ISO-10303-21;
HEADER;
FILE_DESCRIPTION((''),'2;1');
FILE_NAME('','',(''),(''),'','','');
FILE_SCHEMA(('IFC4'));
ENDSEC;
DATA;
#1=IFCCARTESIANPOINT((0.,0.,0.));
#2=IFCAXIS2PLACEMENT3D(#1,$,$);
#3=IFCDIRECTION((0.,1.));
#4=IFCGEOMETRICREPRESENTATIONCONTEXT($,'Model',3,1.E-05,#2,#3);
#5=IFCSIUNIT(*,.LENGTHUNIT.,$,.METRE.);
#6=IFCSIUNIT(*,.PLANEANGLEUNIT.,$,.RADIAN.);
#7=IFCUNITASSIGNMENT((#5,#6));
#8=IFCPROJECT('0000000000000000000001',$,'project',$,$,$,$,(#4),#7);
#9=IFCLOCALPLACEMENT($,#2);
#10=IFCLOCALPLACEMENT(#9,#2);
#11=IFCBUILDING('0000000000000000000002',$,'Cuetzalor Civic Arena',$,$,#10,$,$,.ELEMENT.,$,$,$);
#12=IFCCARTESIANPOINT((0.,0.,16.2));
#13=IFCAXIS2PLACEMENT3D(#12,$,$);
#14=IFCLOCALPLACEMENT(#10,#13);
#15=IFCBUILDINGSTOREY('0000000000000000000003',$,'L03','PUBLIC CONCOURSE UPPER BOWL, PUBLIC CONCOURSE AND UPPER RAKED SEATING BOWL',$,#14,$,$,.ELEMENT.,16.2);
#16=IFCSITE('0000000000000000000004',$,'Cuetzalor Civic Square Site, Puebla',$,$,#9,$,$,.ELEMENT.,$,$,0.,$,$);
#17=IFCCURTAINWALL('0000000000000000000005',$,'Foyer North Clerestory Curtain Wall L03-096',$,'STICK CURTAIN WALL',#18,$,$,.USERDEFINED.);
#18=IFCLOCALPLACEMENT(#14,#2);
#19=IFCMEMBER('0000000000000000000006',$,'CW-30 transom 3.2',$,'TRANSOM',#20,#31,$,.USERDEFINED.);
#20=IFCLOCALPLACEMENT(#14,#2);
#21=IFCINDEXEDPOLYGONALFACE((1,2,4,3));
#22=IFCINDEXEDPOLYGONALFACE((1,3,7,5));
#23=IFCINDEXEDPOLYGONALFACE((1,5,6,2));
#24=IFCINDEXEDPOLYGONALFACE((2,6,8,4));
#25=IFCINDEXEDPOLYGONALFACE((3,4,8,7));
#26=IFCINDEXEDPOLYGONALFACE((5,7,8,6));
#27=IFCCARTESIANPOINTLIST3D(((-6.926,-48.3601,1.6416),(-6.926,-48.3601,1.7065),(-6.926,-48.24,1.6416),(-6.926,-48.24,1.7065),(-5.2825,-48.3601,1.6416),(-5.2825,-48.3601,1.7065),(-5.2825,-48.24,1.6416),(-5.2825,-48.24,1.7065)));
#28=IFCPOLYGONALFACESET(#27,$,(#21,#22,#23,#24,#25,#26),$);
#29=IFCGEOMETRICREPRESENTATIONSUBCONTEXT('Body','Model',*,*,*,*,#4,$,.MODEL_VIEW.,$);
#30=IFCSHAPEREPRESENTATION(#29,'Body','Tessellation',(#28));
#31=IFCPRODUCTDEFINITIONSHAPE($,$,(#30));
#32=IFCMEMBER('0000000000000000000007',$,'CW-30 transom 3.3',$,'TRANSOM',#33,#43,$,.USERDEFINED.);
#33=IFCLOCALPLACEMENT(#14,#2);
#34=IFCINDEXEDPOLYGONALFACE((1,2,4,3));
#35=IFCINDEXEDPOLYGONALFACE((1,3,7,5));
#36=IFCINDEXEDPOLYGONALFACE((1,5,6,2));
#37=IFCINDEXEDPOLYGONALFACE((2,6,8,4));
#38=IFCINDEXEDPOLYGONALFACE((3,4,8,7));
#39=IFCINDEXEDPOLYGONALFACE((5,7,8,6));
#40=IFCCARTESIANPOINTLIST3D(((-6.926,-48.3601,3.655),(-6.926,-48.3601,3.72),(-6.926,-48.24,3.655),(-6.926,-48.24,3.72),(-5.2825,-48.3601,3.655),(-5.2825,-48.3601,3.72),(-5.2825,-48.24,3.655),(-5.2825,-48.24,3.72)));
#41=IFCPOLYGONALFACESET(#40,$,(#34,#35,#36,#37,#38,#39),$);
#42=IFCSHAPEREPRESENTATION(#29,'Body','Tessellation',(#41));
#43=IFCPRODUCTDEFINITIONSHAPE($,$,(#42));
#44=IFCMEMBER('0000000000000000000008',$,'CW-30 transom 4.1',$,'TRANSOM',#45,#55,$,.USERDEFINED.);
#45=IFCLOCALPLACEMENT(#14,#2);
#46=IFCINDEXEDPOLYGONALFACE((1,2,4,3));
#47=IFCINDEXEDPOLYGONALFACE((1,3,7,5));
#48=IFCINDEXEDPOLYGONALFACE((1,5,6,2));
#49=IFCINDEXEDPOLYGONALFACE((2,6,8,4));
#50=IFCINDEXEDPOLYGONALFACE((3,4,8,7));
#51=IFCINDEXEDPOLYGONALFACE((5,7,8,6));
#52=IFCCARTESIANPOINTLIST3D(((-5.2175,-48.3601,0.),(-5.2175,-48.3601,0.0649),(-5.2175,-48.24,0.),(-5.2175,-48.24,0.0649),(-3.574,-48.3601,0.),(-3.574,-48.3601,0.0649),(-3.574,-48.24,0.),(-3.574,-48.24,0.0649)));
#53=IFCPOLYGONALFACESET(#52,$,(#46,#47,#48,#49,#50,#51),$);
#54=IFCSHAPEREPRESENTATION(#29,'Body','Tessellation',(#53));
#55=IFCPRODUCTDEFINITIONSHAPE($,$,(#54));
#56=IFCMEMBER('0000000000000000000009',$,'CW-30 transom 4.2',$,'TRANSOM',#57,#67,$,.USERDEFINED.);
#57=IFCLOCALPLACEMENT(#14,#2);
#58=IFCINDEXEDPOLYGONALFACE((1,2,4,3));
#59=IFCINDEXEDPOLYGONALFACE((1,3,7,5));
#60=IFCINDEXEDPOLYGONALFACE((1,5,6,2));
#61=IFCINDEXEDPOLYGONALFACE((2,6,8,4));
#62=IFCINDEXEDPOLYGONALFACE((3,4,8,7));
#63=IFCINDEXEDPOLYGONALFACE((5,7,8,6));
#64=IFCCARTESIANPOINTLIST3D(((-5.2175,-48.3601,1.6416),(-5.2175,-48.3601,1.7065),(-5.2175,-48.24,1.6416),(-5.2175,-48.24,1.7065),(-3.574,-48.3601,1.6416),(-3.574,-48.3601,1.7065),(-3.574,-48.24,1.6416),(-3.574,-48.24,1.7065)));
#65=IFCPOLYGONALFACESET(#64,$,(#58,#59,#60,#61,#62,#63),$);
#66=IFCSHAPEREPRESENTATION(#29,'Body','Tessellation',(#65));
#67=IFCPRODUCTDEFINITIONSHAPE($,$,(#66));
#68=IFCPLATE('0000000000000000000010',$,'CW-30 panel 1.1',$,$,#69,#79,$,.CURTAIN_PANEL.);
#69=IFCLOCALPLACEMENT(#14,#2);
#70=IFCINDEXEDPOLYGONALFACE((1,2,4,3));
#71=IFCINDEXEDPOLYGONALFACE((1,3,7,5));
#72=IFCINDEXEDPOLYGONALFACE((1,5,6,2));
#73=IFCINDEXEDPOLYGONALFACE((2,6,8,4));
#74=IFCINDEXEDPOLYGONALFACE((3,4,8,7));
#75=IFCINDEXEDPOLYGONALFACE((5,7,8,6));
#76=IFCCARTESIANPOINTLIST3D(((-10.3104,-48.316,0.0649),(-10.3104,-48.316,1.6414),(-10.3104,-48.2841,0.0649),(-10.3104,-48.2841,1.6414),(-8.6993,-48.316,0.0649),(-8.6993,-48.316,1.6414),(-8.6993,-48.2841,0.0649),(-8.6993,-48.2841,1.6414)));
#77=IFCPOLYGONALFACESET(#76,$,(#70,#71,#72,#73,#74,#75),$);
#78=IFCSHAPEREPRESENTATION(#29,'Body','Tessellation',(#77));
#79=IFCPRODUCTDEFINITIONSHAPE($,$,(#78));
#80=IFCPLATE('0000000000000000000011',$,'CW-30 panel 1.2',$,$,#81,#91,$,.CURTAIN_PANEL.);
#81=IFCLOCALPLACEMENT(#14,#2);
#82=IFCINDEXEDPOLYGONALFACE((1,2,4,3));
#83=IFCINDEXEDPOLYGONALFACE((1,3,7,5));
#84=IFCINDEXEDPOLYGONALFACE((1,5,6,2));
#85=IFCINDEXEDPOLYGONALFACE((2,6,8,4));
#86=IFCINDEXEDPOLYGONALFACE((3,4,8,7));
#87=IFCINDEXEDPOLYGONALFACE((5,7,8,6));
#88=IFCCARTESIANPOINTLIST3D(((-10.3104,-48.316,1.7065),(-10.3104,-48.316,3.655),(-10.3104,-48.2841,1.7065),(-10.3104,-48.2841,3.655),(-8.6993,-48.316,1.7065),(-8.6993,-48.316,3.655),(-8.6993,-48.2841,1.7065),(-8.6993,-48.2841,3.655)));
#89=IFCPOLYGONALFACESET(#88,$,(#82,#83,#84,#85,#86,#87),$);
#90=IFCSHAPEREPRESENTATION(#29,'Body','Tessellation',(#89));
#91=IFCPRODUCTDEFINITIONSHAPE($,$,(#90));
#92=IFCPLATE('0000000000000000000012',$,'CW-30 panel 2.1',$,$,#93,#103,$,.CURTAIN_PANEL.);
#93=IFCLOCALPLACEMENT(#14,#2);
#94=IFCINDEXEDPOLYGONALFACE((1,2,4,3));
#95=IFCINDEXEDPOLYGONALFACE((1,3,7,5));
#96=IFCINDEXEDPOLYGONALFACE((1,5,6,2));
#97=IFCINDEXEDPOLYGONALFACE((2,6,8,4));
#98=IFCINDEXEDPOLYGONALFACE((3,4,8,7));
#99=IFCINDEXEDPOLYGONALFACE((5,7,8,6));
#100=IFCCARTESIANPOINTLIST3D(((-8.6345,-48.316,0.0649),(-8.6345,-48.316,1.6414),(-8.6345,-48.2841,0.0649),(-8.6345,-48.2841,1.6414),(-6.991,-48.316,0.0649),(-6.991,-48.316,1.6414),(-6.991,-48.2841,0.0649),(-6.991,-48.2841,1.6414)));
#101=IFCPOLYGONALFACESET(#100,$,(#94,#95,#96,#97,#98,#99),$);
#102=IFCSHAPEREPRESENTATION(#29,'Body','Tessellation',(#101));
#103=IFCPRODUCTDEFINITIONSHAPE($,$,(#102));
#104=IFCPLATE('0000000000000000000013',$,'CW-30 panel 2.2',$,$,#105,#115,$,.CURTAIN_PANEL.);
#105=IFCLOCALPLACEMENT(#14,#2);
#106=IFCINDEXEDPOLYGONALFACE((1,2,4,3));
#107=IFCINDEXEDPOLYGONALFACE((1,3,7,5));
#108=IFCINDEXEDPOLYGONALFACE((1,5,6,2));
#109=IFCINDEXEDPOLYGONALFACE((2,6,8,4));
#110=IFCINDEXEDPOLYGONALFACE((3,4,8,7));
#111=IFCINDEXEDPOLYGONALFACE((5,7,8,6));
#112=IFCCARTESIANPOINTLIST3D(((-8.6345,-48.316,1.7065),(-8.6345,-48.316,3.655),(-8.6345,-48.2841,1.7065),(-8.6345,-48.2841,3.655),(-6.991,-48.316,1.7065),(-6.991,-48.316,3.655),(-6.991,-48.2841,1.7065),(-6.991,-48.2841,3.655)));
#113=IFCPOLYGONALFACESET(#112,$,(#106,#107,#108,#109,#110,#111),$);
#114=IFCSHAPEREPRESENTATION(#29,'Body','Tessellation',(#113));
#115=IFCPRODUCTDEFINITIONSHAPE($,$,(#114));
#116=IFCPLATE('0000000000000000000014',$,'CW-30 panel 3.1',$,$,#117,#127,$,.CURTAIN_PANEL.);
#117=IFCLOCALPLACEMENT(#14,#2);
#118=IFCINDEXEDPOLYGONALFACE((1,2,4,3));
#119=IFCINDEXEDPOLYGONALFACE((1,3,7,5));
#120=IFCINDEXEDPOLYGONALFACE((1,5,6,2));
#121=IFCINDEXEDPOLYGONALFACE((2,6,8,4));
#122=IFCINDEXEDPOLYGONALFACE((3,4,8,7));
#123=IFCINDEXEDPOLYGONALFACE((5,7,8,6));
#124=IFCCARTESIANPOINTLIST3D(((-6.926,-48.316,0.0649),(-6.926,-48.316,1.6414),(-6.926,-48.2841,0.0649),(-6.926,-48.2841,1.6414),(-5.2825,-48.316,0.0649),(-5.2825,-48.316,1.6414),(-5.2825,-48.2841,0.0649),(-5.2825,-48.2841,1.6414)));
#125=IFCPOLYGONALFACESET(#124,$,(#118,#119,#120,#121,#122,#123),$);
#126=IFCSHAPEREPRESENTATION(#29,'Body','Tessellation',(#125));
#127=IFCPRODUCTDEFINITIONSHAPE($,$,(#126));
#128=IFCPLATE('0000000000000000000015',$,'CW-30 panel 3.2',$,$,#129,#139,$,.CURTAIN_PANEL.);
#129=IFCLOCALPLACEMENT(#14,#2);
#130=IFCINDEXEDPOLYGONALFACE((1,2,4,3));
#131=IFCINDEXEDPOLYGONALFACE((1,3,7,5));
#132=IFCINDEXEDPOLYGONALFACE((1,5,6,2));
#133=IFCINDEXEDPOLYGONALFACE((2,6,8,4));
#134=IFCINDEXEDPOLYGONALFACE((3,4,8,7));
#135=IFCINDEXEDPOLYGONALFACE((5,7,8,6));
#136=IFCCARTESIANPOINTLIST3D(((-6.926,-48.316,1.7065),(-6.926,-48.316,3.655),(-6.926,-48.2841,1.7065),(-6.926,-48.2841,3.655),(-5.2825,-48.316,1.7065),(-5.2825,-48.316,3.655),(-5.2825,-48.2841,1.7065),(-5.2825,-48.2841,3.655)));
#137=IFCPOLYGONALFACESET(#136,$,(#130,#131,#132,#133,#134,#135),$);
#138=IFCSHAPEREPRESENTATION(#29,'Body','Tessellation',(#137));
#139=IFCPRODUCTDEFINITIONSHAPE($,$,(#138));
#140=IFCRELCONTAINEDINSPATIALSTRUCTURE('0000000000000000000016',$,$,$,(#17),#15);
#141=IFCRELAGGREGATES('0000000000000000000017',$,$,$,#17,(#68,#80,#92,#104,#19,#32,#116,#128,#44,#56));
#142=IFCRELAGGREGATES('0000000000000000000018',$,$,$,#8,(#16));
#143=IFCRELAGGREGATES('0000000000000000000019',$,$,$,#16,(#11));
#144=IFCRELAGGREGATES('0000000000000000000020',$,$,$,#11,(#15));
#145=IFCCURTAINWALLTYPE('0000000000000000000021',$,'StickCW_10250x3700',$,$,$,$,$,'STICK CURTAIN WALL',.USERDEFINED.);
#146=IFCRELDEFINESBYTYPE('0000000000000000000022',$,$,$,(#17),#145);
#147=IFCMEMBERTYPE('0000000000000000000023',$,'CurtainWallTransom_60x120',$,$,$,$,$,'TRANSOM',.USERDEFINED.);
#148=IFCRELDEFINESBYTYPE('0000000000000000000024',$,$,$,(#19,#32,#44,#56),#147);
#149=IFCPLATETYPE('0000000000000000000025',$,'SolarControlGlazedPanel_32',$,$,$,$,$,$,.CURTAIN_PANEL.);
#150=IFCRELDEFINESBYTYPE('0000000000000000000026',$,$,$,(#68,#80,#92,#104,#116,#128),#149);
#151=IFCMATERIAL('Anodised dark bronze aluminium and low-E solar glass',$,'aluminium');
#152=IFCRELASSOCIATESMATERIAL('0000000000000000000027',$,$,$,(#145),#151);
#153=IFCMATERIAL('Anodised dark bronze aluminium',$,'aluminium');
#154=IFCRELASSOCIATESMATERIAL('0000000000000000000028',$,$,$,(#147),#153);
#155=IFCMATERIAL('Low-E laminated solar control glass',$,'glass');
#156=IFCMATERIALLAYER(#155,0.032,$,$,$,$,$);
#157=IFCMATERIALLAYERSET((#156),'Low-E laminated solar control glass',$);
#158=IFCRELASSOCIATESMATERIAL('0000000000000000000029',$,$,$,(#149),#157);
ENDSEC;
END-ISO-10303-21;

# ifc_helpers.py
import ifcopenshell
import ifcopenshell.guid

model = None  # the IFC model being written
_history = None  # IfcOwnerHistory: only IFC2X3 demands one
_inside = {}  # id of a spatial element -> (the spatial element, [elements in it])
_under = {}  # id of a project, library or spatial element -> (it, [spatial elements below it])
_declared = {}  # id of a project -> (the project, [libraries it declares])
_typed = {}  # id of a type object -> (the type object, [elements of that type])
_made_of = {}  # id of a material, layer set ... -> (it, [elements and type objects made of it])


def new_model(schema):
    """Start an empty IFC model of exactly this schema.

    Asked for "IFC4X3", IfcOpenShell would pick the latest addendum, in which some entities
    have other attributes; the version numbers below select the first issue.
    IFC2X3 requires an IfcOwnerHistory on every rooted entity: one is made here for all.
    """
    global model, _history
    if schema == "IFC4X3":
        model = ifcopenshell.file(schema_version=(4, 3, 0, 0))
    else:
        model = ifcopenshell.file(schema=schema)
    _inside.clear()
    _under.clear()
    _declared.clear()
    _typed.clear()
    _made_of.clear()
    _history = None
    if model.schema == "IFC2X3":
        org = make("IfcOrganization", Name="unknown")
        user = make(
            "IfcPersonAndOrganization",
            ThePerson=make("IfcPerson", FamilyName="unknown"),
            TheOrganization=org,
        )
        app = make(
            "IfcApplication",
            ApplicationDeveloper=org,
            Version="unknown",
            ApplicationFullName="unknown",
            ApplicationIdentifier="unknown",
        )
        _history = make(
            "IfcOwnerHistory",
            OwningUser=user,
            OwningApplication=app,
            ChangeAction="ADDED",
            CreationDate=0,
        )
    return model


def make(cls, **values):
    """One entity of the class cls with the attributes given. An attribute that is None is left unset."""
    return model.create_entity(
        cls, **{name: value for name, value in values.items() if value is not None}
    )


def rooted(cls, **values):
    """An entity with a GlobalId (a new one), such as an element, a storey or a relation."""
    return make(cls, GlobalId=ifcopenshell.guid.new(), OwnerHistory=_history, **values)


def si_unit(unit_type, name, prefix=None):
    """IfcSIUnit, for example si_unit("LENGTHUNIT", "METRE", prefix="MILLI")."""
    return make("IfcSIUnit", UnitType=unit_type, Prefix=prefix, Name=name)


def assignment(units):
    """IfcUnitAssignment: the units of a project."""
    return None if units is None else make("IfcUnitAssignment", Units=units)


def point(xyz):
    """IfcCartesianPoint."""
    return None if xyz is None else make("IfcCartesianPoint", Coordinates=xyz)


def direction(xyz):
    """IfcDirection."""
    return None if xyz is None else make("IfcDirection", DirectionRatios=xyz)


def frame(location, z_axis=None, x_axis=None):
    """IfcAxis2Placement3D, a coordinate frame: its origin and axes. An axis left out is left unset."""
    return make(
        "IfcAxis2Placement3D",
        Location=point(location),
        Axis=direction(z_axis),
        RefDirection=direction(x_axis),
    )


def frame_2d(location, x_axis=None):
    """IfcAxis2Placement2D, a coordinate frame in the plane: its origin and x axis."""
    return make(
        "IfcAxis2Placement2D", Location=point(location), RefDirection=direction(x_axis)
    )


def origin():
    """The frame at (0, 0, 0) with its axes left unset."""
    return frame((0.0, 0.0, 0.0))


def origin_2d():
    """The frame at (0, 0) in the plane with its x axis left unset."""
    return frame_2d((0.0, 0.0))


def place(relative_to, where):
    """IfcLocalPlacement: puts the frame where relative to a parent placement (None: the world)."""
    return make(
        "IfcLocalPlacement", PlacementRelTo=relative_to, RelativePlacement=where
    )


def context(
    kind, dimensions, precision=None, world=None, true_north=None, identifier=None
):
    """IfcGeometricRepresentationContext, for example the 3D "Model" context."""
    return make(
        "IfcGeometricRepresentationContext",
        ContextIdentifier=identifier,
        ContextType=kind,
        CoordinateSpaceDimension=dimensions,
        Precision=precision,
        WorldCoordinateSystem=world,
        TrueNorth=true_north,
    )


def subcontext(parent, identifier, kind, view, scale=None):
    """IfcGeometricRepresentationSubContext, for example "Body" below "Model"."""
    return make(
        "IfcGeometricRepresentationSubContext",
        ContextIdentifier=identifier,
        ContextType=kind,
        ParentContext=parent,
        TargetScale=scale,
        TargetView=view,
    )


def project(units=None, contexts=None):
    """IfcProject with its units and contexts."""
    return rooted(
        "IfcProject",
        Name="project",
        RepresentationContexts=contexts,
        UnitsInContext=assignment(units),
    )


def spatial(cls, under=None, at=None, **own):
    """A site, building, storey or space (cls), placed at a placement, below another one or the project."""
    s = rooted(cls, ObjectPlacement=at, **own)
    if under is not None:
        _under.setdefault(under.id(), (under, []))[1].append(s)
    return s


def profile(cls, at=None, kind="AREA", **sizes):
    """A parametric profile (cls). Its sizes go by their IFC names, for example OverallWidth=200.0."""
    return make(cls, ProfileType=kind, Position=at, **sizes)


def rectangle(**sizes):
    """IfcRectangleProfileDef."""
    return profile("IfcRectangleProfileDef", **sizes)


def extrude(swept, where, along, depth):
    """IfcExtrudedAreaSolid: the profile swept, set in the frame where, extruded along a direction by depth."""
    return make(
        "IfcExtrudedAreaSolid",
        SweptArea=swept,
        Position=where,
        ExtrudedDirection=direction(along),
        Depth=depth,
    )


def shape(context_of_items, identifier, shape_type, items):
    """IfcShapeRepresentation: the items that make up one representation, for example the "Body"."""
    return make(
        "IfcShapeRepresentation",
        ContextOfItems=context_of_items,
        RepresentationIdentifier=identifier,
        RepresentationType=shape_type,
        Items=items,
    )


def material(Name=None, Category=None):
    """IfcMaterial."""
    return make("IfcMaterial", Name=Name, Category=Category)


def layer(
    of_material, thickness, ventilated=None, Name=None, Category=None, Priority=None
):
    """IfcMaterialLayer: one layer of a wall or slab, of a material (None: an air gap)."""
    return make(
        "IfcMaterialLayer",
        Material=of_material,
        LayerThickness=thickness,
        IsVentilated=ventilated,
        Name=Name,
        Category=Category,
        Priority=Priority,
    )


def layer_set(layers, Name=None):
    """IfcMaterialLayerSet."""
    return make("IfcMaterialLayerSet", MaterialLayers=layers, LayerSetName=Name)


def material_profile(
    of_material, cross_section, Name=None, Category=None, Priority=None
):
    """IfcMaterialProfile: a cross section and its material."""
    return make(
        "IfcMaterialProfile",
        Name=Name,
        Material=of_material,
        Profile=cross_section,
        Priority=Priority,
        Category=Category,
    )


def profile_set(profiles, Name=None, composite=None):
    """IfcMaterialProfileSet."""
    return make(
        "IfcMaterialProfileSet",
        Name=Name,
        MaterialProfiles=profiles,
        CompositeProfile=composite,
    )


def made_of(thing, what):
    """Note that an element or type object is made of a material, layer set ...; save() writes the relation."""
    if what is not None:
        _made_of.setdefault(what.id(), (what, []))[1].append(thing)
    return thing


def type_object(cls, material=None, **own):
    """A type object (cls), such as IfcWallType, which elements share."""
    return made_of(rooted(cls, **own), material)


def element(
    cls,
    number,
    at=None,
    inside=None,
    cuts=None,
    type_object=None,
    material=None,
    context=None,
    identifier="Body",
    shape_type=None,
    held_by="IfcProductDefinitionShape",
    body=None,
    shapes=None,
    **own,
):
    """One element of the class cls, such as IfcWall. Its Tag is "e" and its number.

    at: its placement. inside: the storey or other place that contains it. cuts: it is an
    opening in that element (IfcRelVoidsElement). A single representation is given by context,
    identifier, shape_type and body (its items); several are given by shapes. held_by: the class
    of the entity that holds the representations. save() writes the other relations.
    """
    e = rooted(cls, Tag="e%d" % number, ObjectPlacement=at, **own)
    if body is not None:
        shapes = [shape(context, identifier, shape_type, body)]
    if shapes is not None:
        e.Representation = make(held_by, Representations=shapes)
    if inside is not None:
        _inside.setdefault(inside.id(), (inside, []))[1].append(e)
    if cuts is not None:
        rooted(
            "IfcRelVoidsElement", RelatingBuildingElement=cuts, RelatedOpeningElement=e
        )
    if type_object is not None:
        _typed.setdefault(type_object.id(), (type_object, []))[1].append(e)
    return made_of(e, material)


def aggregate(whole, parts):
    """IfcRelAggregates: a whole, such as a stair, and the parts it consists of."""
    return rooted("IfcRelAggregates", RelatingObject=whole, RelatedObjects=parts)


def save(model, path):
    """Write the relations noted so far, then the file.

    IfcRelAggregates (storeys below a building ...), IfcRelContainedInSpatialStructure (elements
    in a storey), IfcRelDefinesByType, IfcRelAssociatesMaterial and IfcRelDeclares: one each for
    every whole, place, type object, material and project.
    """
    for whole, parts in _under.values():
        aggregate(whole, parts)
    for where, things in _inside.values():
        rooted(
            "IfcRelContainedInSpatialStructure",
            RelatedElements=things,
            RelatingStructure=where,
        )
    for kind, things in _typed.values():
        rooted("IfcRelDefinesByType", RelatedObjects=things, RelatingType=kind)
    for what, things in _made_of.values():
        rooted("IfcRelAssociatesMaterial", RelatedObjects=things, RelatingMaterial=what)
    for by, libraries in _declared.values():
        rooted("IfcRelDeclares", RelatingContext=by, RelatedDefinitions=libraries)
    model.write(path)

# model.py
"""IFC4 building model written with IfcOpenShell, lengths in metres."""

from ifc_helpers import new_model, si_unit, direction, frame, origin, origin_2d, place, context, subcontext, project, spatial, rectangle, extrude, material, layer, layer_set, material_profile, profile_set, type_object, element, aggregate, save


model = new_model("IFC4")

# Units and contexts
model_context = context("Model", 3, precision=1e-05, world=origin(), true_north=direction((0.0, 1.0)))
body_context = subcontext(model_context, "Body", "Model", "MODEL_VIEW")
ifc_project = project(units=[si_unit("LENGTHUNIT", "METRE"), si_unit("PLANEANGLEUNIT", "RADIAN")], contexts=[model_context])

# Site, building, storey
site_placement = place(None, origin())
site = spatial("IfcSite", under=ifc_project, at=site_placement, Name="Cuetzalor Civic Square Site, Puebla", CompositionType="ELEMENT", RefElevation=0.0)
building_placement = place(site_placement, origin())
building = spatial("IfcBuilding", under=site, at=building_placement, Name="Cuetzalor Civic Arena", CompositionType="ELEMENT")
storey_placement = place(building_placement, frame((0.0, 0.0, 16.2)))
storey = spatial("IfcBuildingStorey", under=building, at=storey_placement, Name="L03", Description="PUBLIC CONCOURSE UPPER BOWL, PUBLIC CONCOURSE AND UPPER RAKED SEATING BOWL", CompositionType="ELEMENT", Elevation=16.2)

# Curtain wall, members, plates
ifc_material_1 = material(Name="Anodised dark bronze aluminium and low-E solar glass", Category="aluminium")
curtain_wall_type = type_object("IfcCurtainWallType", Name="StickCW_10250x3700", ElementType="STICK CURTAIN WALL", PredefinedType="USERDEFINED", material=ifc_material_1)
curtain_wall_placement = place(storey_placement, origin())
curtain_wall = element("IfcCurtainWall", 1, at=curtain_wall_placement, inside=storey, type_object=curtain_wall_type, Name="Foyer North Clerestory Curtain Wall L03-096", ObjectType="STICK CURTAIN WALL", PredefinedType="USERDEFINED")
ifc_material_2 = material(Name="Anodised dark bronze aluminium", Category="aluminium")
ifc_material_profile_1 = material_profile(ifc_material_2, rectangle(XDim=0.1201, YDim=0.0649, at=origin_2d()), Name="ALU TRANSOM 65x120")
ifc_profile_set_1 = profile_set([ifc_material_profile_1], Name="Anodised dark bronze aluminium")
member_type_1 = type_object("IfcMemberType", Name="CurtainWallTransom_60x120", ElementType="TRANSOM", PredefinedType="USERDEFINED", material=ifc_profile_set_1)
member_1_placement = place(storey_placement, frame((-6.926, -48.3, 1.6741), z_axis=(1.0, 0.0, 0.0), x_axis=(0.0, 1.0, 0.0)))
member_1 = element("IfcMember", 2, at=member_1_placement, type_object=member_type_1, Name="CW-30 transom 3.2", ObjectType="TRANSOM", PredefinedType="USERDEFINED", context=body_context, shape_type="SweptSolid", body=[
    extrude(rectangle(XDim=0.1201, YDim=0.0649, at=origin_2d()), origin(), (0.0, 0.0, 1.0), 1.6436),
])
member_2_placement = place(storey_placement, frame((-6.926, -48.3, 3.6875), z_axis=(1.0, 0.0, 0.0), x_axis=(0.0, 1.0, 0.0)))
member_2 = element("IfcMember", 3, at=member_2_placement, type_object=member_type_1, Name="CW-30 transom 3.3", ObjectType="TRANSOM", PredefinedType="USERDEFINED", context=body_context, shape_type="SweptSolid", body=[
    extrude(rectangle(XDim=0.1201, YDim=0.0649, at=origin_2d()), origin(), (0.0, 0.0, 1.0), 1.6436),
])
member_3_placement = place(storey_placement, frame((-5.2175, -48.3, 0.0325), z_axis=(1.0, 0.0, 0.0), x_axis=(0.0, 1.0, 0.0)))
member_3 = element("IfcMember", 4, at=member_3_placement, type_object=member_type_1, Name="CW-30 transom 4.1", ObjectType="TRANSOM", PredefinedType="USERDEFINED", context=body_context, shape_type="SweptSolid", body=[
    extrude(rectangle(XDim=0.1201, YDim=0.0649, at=origin_2d()), origin(), (0.0, 0.0, 1.0), 1.6436),
])
member_4_placement = place(storey_placement, frame((-5.2175, -48.3, 1.6741), z_axis=(1.0, 0.0, 0.0), x_axis=(0.0, 1.0, 0.0)))
member_4 = element("IfcMember", 5, at=member_4_placement, type_object=member_type_1, Name="CW-30 transom 4.2", ObjectType="TRANSOM", PredefinedType="USERDEFINED", context=body_context, shape_type="SweptSolid", body=[
    extrude(rectangle(XDim=0.1201, YDim=0.0649, at=origin_2d()), origin(), (0.0, 0.0, 1.0), 1.6436),
])
ifc_material_3 = material(Name="Low-E laminated solar control glass", Category="glass")
ifc_layer = layer(ifc_material_3, 0.032)
ifc_layer_set = layer_set([ifc_layer], Name="Low-E laminated solar control glass")
plate_type = type_object("IfcPlateType", Name="SolarControlGlazedPanel_32", PredefinedType="CURTAIN_PANEL", material=ifc_layer_set)
plate_1_placement = place(storey_placement, frame((-9.5049, -48.3, 0.0649), z_axis=(0.0, 0.0, 1.0), x_axis=(1.0, 0.0, 0.0)))
plate_1 = element("IfcPlate", 6, at=plate_1_placement, type_object=plate_type, Name="CW-30 panel 1.1", PredefinedType="CURTAIN_PANEL", context=body_context, shape_type="SweptSolid", body=[
    extrude(rectangle(XDim=1.6111, YDim=0.032, at=origin_2d()), origin(), (0.0, 0.0, 1.0), 1.5764),
])
plate_2_placement = place(storey_placement, frame((-9.5049, -48.3, 1.7065), z_axis=(0.0, 0.0, 1.0), x_axis=(1.0, 0.0, 0.0)))
plate_2 = element("IfcPlate", 7, at=plate_2_placement, type_object=plate_type, Name="CW-30 panel 1.2", PredefinedType="CURTAIN_PANEL", context=body_context, shape_type="SweptSolid", body=[
    extrude(rectangle(XDim=1.6111, YDim=0.032, at=origin_2d()), origin(), (0.0, 0.0, 1.0), 1.9485),
])
plate_3_placement = place(storey_placement, frame((-7.8127, -48.3, 0.0649), z_axis=(0.0, 0.0, 1.0), x_axis=(1.0, 0.0, 0.0)))
plate_3 = element("IfcPlate", 8, at=plate_3_placement, type_object=plate_type, Name="CW-30 panel 2.1", PredefinedType="CURTAIN_PANEL", context=body_context, shape_type="SweptSolid", body=[
    extrude(rectangle(XDim=1.6436, YDim=0.032, at=origin_2d()), origin(), (0.0, 0.0, 1.0), 1.5764),
])
plate_4_placement = place(storey_placement, frame((-7.8127, -48.3, 1.7065), z_axis=(0.0, 0.0, 1.0), x_axis=(1.0, 0.0, 0.0)))
plate_4 = element("IfcPlate", 9, at=plate_4_placement, type_object=plate_type, Name="CW-30 panel 2.2", PredefinedType="CURTAIN_PANEL", context=body_context, shape_type="SweptSolid", body=[
    extrude(rectangle(XDim=1.6436, YDim=0.032, at=origin_2d()), origin(), (0.0, 0.0, 1.0), 1.9485),
])
plate_5_placement = place(storey_placement, frame((-6.1042, -48.3, 0.0649), z_axis=(0.0, 0.0, 1.0), x_axis=(1.0, 0.0, 0.0)))
plate_5 = element("IfcPlate", 10, at=plate_5_placement, type_object=plate_type, Name="CW-30 panel 3.1", PredefinedType="CURTAIN_PANEL", context=body_context, shape_type="SweptSolid", body=[
    extrude(rectangle(XDim=1.6436, YDim=0.032, at=origin_2d()), origin(), (0.0, 0.0, 1.0), 1.5764),
])
plate_6_placement = place(storey_placement, frame((-6.1042, -48.3, 1.7065), z_axis=(0.0, 0.0, 1.0), x_axis=(1.0, 0.0, 0.0)))
plate_6 = element("IfcPlate", 11, at=plate_6_placement, type_object=plate_type, Name="CW-30 panel 3.2", PredefinedType="CURTAIN_PANEL", context=body_context, shape_type="SweptSolid", body=[
    extrude(rectangle(XDim=1.6436, YDim=0.032, at=origin_2d()), origin(), (0.0, 0.0, 1.0), 1.9485),
])
aggregate(curtain_wall, [plate_1, plate_2, plate_3, plate_4, member_1, member_2, plate_5, plate_6, member_3, member_4])

save(model, "model.ifc")
